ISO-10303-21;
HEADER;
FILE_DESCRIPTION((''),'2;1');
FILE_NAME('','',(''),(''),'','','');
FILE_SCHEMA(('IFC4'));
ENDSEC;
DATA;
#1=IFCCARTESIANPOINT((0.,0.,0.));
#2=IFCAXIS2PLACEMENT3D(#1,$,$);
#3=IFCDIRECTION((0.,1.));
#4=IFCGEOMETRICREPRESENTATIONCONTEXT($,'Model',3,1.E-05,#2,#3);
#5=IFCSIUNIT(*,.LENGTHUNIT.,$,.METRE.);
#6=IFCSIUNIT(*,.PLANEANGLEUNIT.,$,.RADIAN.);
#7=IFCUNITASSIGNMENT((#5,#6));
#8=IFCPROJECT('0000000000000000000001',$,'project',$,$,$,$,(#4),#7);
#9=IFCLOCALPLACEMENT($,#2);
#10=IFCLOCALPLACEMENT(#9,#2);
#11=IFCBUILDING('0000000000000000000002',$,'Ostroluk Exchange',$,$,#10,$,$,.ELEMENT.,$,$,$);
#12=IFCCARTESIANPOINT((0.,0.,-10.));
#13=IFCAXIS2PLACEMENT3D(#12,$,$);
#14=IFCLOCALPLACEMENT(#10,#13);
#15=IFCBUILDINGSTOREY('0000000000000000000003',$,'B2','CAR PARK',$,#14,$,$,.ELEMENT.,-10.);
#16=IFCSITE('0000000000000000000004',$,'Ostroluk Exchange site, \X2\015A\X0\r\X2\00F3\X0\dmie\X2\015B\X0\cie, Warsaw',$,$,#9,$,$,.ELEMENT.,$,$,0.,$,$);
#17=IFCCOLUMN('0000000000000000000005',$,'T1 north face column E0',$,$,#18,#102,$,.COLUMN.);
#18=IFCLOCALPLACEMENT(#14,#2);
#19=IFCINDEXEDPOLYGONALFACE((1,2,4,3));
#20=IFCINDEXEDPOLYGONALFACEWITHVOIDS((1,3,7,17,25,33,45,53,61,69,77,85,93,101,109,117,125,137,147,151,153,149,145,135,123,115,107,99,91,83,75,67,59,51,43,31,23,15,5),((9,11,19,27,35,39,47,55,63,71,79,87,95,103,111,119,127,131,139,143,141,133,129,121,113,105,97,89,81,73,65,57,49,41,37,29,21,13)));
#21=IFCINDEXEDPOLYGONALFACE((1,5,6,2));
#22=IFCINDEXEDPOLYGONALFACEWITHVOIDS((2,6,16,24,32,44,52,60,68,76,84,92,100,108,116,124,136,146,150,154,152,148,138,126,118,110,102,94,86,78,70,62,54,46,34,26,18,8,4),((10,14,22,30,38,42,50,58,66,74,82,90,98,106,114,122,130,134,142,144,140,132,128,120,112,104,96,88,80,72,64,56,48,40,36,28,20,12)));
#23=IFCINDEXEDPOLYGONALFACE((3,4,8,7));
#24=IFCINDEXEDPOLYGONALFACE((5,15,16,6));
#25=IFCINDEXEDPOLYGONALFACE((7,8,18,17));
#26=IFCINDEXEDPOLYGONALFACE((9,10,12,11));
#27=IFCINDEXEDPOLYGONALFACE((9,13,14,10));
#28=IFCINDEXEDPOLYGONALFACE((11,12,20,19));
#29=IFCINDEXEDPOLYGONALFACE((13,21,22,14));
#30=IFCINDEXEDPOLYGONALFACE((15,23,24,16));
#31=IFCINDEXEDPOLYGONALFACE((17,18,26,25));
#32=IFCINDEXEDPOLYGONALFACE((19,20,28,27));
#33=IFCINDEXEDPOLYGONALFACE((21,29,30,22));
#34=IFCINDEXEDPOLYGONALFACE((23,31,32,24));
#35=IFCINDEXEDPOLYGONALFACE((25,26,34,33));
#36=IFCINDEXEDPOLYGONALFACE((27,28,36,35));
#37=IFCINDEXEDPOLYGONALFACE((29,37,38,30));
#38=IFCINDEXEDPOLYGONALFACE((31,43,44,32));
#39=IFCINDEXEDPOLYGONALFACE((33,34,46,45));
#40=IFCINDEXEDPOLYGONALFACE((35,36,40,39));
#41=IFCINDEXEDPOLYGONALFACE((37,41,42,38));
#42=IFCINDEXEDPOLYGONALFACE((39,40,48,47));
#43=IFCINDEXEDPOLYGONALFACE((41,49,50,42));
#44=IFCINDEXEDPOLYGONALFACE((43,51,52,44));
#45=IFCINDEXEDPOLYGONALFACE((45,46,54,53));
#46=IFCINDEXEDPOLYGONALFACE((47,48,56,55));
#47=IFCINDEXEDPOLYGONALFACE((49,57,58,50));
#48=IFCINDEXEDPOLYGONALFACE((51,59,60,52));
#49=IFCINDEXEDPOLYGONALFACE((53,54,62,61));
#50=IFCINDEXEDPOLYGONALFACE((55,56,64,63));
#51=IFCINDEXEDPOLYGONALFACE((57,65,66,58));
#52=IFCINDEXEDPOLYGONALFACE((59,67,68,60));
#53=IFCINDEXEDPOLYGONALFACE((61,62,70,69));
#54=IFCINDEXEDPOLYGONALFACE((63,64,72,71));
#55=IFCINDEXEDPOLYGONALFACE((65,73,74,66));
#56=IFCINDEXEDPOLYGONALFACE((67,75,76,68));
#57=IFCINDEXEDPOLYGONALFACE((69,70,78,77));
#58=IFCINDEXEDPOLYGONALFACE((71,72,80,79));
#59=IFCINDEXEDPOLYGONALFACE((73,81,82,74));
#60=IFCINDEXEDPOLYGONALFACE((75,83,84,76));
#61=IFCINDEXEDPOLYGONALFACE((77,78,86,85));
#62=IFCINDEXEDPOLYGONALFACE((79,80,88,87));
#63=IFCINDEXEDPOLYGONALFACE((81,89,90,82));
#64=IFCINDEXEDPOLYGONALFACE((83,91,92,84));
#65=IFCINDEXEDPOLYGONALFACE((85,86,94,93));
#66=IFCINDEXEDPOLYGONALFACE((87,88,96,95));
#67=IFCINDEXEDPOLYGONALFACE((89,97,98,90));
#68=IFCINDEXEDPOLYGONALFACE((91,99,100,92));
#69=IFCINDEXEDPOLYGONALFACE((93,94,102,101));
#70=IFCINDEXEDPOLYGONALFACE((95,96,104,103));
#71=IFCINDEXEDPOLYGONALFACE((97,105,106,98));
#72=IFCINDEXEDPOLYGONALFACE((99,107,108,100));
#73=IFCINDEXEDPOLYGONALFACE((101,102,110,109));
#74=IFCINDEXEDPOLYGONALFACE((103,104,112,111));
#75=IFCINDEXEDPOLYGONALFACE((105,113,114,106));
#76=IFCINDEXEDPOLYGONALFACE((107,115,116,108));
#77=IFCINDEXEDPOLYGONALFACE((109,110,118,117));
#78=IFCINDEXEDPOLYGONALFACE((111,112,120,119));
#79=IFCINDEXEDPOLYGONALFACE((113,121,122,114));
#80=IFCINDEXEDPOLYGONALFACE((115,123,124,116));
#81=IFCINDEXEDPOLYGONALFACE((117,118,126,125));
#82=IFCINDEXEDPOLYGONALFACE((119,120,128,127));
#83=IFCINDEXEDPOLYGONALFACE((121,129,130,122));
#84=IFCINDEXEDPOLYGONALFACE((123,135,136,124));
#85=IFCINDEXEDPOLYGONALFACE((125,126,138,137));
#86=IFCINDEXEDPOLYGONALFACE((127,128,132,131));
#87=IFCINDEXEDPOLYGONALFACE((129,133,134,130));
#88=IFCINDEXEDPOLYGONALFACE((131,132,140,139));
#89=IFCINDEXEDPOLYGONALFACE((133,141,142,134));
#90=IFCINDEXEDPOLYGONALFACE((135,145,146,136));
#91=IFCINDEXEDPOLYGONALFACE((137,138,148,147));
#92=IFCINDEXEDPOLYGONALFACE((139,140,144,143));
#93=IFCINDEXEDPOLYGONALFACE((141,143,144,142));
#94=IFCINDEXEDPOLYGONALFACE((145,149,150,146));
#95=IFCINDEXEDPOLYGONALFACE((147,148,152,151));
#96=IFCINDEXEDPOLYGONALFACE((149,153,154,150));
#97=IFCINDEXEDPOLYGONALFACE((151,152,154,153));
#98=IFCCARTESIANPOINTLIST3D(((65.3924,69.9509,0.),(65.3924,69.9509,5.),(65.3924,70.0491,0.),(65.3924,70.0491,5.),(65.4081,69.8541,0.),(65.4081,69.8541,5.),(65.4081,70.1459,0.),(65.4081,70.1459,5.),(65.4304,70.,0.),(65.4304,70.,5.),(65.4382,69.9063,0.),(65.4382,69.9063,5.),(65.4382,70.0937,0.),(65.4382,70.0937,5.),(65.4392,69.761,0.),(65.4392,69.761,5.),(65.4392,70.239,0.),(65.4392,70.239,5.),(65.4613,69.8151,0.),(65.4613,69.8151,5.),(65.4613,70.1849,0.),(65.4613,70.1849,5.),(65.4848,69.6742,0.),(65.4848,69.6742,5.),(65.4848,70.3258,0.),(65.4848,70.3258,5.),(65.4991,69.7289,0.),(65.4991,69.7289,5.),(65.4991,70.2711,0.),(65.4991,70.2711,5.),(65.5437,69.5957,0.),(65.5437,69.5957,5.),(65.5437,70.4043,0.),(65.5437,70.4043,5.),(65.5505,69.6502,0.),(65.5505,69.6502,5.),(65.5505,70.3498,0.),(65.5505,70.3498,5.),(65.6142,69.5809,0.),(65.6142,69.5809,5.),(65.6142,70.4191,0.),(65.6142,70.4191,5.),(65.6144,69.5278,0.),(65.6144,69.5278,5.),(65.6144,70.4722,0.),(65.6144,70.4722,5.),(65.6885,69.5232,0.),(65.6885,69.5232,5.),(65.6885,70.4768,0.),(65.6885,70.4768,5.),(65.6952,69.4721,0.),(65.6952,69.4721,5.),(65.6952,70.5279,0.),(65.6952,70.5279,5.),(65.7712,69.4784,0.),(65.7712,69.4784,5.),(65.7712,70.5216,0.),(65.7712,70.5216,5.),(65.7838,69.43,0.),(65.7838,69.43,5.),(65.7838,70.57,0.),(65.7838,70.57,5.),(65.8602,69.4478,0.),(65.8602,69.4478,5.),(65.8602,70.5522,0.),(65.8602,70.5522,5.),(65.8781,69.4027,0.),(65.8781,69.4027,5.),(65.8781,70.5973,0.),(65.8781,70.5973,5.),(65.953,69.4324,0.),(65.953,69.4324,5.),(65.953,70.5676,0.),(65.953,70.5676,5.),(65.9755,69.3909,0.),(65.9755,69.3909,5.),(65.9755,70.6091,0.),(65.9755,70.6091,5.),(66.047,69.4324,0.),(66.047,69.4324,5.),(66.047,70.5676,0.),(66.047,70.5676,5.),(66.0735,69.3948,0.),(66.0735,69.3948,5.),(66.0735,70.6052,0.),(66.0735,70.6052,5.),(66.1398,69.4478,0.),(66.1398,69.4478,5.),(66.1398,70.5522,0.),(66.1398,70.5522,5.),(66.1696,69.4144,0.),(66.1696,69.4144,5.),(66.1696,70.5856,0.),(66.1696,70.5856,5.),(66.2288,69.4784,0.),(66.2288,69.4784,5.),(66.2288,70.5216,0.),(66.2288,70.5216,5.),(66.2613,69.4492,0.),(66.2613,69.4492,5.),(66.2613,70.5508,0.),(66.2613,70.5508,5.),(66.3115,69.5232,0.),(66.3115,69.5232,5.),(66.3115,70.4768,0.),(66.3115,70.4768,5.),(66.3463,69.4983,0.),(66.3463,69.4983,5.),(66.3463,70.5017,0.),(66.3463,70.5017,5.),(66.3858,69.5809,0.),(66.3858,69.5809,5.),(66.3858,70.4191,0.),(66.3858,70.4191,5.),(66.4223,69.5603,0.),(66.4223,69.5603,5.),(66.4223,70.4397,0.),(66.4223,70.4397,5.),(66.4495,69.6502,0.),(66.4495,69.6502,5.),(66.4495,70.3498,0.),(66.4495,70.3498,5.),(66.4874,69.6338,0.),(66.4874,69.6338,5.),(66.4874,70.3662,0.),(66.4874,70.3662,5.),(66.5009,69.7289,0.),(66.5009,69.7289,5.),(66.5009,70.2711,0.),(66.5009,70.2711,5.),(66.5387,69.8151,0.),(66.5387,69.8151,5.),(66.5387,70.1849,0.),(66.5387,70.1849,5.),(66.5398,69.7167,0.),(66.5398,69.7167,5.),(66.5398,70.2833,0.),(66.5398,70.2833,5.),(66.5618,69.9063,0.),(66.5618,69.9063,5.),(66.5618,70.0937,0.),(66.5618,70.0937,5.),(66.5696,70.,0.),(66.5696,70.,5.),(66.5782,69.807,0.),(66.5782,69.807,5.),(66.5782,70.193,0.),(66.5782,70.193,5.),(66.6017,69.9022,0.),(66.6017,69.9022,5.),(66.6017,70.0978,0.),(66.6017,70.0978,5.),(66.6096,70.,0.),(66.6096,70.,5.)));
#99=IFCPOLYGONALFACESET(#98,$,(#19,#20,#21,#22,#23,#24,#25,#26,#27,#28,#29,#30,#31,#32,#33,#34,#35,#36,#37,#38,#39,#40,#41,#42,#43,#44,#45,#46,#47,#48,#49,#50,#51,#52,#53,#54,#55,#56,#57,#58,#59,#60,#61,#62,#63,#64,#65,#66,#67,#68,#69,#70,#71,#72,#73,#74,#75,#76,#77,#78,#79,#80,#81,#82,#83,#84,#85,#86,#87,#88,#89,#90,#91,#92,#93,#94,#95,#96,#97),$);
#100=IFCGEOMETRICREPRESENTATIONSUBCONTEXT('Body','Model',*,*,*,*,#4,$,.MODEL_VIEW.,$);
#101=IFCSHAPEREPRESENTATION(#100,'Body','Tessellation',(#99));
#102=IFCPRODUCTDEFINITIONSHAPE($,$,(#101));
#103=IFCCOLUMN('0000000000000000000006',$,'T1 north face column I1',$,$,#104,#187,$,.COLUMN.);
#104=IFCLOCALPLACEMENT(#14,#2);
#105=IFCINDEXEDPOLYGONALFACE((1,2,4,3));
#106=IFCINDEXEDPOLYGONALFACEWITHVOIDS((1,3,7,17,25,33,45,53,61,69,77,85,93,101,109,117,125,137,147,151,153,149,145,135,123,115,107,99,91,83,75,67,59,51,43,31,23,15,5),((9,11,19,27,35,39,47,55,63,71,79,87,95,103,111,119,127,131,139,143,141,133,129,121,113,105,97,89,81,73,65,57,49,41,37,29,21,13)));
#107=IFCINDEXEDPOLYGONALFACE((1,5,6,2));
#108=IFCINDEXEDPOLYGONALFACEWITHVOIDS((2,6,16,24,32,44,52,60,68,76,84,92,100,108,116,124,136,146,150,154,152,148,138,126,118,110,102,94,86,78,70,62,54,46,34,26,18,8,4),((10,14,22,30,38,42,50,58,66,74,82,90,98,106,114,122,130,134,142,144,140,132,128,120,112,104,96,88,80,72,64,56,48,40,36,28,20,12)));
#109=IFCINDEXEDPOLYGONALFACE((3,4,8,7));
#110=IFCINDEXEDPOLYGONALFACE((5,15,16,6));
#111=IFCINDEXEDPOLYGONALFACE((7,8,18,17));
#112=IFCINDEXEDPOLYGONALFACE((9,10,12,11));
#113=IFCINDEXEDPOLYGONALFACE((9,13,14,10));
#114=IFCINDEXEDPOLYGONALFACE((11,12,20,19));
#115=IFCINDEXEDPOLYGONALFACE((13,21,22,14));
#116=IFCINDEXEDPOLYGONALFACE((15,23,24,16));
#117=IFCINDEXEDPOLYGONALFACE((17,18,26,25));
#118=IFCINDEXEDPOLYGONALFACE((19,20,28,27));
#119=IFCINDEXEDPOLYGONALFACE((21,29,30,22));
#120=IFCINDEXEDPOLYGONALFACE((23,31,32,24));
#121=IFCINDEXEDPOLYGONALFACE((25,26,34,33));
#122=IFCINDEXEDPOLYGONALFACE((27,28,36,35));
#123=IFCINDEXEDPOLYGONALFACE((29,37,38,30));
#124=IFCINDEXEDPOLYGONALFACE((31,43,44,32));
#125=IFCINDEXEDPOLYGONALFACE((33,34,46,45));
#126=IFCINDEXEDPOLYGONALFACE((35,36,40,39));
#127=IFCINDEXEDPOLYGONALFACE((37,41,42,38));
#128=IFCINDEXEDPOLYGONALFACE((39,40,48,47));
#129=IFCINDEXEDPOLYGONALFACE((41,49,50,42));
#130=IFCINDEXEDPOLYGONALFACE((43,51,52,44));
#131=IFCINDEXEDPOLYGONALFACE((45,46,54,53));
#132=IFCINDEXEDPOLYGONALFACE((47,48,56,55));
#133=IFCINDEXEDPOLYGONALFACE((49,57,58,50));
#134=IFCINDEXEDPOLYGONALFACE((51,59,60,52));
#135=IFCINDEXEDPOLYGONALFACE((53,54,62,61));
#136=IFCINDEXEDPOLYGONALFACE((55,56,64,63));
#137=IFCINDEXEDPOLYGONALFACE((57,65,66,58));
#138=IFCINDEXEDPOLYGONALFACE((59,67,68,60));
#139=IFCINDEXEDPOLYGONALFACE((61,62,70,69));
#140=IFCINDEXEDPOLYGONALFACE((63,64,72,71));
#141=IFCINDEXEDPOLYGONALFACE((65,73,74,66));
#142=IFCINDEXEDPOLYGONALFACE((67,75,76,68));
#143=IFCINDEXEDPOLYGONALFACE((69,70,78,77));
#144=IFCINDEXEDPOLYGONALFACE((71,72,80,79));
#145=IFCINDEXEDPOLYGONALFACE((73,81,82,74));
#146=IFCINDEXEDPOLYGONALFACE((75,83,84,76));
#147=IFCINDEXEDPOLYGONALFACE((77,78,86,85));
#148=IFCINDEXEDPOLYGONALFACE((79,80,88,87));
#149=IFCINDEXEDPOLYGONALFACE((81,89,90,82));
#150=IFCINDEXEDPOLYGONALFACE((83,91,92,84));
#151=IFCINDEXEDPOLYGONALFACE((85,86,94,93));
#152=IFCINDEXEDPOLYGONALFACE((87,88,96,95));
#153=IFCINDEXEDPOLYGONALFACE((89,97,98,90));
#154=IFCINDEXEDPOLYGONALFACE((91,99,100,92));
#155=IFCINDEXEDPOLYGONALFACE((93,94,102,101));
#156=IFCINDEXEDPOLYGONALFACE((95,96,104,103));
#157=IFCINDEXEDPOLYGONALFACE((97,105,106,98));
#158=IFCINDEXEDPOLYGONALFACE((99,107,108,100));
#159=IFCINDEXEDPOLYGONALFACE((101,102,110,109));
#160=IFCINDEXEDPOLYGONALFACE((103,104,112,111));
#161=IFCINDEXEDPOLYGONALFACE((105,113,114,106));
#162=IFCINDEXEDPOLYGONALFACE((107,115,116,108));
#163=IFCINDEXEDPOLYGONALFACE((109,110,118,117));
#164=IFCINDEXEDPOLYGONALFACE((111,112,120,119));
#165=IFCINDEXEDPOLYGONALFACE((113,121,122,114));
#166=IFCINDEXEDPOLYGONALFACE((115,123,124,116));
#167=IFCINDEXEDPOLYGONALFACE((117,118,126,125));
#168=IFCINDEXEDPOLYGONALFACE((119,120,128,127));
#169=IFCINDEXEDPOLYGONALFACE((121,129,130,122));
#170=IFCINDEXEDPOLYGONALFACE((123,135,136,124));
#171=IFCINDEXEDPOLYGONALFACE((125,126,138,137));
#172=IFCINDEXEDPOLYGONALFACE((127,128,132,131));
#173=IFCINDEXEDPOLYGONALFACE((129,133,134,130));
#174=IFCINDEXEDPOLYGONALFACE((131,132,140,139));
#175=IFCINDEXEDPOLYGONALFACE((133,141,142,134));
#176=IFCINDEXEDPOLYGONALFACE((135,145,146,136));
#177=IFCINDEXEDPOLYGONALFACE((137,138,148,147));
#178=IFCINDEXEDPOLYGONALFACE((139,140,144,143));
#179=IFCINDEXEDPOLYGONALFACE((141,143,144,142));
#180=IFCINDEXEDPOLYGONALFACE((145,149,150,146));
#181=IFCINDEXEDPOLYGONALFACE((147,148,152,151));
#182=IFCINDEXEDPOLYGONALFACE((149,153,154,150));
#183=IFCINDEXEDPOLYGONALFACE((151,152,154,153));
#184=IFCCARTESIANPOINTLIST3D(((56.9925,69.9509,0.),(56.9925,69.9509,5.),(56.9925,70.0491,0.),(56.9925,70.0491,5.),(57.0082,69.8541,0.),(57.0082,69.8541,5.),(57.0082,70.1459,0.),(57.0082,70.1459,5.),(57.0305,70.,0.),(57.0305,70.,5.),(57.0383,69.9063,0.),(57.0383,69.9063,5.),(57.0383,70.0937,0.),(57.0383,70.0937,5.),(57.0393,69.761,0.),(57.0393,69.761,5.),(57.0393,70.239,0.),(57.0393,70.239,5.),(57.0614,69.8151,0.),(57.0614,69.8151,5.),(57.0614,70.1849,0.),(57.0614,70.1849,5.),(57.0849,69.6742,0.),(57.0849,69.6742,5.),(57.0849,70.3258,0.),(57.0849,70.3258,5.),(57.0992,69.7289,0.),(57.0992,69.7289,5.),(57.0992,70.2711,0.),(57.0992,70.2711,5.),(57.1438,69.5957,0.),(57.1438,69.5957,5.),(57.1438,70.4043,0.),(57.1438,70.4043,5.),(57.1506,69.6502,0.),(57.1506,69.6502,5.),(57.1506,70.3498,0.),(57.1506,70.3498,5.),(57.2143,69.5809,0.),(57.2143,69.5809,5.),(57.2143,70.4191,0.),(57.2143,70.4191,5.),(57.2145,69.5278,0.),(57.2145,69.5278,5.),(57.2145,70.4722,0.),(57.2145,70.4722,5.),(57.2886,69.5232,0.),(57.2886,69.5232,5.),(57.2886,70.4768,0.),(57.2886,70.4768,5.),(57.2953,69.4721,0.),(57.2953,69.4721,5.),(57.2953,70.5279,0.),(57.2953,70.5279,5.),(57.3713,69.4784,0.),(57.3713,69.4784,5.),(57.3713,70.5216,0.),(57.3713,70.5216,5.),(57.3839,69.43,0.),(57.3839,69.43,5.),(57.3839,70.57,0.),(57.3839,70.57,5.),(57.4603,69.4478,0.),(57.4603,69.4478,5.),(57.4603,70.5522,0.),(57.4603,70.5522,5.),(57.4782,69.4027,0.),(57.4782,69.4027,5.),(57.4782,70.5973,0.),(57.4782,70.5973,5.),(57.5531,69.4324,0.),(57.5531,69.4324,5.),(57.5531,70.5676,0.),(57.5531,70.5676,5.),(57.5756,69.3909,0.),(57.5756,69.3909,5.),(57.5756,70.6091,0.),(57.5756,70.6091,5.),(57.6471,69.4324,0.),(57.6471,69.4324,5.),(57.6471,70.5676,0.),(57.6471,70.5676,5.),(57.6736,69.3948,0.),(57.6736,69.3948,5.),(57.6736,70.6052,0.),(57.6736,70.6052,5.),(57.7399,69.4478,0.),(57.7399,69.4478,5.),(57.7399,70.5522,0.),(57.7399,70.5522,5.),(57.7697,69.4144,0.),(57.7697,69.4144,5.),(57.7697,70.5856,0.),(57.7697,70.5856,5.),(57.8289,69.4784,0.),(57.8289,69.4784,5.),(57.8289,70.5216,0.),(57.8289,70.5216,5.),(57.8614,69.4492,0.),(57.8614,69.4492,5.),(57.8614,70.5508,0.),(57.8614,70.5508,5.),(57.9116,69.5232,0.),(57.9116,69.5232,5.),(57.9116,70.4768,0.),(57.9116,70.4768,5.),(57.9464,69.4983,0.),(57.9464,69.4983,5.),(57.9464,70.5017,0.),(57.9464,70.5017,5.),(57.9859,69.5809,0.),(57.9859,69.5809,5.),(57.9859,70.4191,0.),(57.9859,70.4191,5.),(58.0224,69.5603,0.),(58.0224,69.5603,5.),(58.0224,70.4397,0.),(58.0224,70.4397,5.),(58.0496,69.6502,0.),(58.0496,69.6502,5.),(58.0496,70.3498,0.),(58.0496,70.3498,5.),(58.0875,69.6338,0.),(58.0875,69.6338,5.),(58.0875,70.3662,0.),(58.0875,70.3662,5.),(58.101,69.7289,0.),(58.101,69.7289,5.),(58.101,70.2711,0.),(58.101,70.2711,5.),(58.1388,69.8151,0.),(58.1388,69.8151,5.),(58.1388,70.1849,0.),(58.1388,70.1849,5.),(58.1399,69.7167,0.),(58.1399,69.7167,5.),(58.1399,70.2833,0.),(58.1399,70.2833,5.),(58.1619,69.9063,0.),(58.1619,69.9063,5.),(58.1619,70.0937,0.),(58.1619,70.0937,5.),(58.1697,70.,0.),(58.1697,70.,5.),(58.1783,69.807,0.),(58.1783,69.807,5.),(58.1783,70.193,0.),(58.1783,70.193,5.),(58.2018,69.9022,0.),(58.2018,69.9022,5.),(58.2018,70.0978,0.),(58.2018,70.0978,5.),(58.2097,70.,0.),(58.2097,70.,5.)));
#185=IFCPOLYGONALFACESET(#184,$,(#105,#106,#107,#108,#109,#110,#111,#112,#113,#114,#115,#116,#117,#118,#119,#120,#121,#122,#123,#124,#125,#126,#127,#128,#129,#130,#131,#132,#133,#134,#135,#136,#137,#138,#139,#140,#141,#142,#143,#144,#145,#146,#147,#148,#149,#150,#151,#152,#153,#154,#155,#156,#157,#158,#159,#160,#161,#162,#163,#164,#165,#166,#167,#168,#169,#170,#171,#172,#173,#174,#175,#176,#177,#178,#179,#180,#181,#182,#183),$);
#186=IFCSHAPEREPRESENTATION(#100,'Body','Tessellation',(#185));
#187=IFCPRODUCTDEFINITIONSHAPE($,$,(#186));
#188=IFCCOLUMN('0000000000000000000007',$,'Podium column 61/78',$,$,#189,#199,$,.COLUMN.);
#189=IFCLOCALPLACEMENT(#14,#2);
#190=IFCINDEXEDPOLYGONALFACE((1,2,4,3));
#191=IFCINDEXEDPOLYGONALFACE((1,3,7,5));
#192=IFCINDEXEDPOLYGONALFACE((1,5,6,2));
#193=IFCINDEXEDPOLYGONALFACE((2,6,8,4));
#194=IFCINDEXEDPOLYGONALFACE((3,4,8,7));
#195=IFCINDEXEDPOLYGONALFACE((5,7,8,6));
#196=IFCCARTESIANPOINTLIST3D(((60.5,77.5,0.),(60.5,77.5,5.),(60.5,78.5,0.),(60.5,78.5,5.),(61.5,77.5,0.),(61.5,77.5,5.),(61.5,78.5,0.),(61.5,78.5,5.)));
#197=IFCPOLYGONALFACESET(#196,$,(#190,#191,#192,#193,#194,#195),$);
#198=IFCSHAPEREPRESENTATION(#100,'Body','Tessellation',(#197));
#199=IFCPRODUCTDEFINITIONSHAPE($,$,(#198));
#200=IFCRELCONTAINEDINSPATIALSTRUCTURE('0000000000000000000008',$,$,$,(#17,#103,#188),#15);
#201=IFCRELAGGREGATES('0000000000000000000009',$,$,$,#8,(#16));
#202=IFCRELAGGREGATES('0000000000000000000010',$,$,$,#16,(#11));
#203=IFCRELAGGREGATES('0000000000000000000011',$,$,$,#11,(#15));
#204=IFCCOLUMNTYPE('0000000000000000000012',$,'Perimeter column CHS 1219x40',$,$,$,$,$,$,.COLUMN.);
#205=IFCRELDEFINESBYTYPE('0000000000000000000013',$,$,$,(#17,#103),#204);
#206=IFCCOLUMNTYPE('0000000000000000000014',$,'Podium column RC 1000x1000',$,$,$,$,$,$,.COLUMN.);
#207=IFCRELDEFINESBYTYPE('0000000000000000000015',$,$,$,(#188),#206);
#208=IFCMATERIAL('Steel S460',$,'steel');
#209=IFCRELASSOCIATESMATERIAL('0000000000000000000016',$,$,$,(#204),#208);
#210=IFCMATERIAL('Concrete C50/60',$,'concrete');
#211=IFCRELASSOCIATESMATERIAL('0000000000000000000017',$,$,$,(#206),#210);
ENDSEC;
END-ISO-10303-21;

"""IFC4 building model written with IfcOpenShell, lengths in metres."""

from ifc_helpers import new_model, si_unit, direction, frame, origin, origin_2d, place, context, subcontext, project, spatial, rectangle, hollow_circle, extrude, material, material_profile, profile_set, type_object, element, save


model = new_model("IFC4")

# Units and contexts
model_context = context("Model", 3, precision=1e-05, world=origin(), true_north=direction((0.0, 1.0)))
body_context = subcontext(model_context, "Body", "Model", "MODEL_VIEW")
ifc_project = project(units=[si_unit("LENGTHUNIT", "METRE"), si_unit("PLANEANGLEUNIT", "RADIAN")], contexts=[model_context])

# Site, building, storey
site_placement = place(None, origin())
site = spatial("IfcSite", under=ifc_project, at=site_placement, Name="Ostroluk Exchange site, Śródmieście, Warsaw", CompositionType="ELEMENT", RefElevation=0.0)
building_placement = place(site_placement, origin())
building = spatial("IfcBuilding", under=site, at=building_placement, Name="Ostroluk Exchange", CompositionType="ELEMENT")
storey_placement = place(building_placement, frame((0.0, 0.0, -10.0)))
storey = spatial("IfcBuildingStorey", under=building, at=storey_placement, Name="B2", Description="CAR PARK", CompositionType="ELEMENT", Elevation=-10.0)

# Columns
ifc_material_1 = material(Name="Steel S460", Category="steel")
ifc_material_profile_1 = material_profile(ifc_material_1, hollow_circle(Radius=0.6096, WallThickness=0.04, at=origin_2d()), Name="CHS 1219x40")
ifc_profile_set_1 = profile_set([ifc_material_profile_1], Name="Steel S460")
column_type_1 = type_object("IfcColumnType", Name="Perimeter column CHS 1219x40", PredefinedType="COLUMN", material=ifc_profile_set_1)
for number, where, z_axis, x_axis, name in (
    (1, (66.0, 70.0, 0.0), (0.0, 0.0, 1.0), (1.0, 0.0, 0.0), "T1 north face column E0"),
    (2, (57.6001, 70.0, 0.0), (0.0, 0.0, 1.0), (1.0, 0.0, 0.0), "T1 north face column I1"),
):
    element("IfcColumn", number, at=place(storey_placement, frame(where, z_axis=z_axis, x_axis=x_axis)), inside=storey, type_object=column_type_1, Name=name, PredefinedType="COLUMN", context=body_context, shape_type="SweptSolid", body=[
        extrude(hollow_circle(Radius=0.6096, WallThickness=0.04, at=origin_2d()), origin(), (0.0, 0.0, 1.0), 5.0),
    ])
ifc_material_2 = material(Name="Concrete C50/60", Category="concrete")
ifc_material_profile_2 = material_profile(ifc_material_2, rectangle(XDim=1.0, YDim=1.0, at=origin_2d()), Name="RC 1000x1000")
ifc_profile_set_2 = profile_set([ifc_material_profile_2], Name="Concrete C50/60")
column_type_2 = type_object("IfcColumnType", Name="Podium column RC 1000x1000", PredefinedType="COLUMN", material=ifc_profile_set_2)
for number, where, z_axis, x_axis, name in (
    (3, (61.0, 78.0, 0.0), (0.0, 0.0, 1.0), (1.0, 0.0, 0.0), "Podium column 61/78"),
):
    element("IfcColumn", number, at=place(storey_placement, frame(where, z_axis=z_axis, x_axis=x_axis)), inside=storey, type_object=column_type_2, Name=name, PredefinedType="COLUMN", context=body_context, shape_type="SweptSolid", body=[
        extrude(rectangle(XDim=1.0, YDim=1.0, at=origin_2d()), origin(), (0.0, 0.0, 1.0), 5.0),
    ])

save(model, "model.ifc")
